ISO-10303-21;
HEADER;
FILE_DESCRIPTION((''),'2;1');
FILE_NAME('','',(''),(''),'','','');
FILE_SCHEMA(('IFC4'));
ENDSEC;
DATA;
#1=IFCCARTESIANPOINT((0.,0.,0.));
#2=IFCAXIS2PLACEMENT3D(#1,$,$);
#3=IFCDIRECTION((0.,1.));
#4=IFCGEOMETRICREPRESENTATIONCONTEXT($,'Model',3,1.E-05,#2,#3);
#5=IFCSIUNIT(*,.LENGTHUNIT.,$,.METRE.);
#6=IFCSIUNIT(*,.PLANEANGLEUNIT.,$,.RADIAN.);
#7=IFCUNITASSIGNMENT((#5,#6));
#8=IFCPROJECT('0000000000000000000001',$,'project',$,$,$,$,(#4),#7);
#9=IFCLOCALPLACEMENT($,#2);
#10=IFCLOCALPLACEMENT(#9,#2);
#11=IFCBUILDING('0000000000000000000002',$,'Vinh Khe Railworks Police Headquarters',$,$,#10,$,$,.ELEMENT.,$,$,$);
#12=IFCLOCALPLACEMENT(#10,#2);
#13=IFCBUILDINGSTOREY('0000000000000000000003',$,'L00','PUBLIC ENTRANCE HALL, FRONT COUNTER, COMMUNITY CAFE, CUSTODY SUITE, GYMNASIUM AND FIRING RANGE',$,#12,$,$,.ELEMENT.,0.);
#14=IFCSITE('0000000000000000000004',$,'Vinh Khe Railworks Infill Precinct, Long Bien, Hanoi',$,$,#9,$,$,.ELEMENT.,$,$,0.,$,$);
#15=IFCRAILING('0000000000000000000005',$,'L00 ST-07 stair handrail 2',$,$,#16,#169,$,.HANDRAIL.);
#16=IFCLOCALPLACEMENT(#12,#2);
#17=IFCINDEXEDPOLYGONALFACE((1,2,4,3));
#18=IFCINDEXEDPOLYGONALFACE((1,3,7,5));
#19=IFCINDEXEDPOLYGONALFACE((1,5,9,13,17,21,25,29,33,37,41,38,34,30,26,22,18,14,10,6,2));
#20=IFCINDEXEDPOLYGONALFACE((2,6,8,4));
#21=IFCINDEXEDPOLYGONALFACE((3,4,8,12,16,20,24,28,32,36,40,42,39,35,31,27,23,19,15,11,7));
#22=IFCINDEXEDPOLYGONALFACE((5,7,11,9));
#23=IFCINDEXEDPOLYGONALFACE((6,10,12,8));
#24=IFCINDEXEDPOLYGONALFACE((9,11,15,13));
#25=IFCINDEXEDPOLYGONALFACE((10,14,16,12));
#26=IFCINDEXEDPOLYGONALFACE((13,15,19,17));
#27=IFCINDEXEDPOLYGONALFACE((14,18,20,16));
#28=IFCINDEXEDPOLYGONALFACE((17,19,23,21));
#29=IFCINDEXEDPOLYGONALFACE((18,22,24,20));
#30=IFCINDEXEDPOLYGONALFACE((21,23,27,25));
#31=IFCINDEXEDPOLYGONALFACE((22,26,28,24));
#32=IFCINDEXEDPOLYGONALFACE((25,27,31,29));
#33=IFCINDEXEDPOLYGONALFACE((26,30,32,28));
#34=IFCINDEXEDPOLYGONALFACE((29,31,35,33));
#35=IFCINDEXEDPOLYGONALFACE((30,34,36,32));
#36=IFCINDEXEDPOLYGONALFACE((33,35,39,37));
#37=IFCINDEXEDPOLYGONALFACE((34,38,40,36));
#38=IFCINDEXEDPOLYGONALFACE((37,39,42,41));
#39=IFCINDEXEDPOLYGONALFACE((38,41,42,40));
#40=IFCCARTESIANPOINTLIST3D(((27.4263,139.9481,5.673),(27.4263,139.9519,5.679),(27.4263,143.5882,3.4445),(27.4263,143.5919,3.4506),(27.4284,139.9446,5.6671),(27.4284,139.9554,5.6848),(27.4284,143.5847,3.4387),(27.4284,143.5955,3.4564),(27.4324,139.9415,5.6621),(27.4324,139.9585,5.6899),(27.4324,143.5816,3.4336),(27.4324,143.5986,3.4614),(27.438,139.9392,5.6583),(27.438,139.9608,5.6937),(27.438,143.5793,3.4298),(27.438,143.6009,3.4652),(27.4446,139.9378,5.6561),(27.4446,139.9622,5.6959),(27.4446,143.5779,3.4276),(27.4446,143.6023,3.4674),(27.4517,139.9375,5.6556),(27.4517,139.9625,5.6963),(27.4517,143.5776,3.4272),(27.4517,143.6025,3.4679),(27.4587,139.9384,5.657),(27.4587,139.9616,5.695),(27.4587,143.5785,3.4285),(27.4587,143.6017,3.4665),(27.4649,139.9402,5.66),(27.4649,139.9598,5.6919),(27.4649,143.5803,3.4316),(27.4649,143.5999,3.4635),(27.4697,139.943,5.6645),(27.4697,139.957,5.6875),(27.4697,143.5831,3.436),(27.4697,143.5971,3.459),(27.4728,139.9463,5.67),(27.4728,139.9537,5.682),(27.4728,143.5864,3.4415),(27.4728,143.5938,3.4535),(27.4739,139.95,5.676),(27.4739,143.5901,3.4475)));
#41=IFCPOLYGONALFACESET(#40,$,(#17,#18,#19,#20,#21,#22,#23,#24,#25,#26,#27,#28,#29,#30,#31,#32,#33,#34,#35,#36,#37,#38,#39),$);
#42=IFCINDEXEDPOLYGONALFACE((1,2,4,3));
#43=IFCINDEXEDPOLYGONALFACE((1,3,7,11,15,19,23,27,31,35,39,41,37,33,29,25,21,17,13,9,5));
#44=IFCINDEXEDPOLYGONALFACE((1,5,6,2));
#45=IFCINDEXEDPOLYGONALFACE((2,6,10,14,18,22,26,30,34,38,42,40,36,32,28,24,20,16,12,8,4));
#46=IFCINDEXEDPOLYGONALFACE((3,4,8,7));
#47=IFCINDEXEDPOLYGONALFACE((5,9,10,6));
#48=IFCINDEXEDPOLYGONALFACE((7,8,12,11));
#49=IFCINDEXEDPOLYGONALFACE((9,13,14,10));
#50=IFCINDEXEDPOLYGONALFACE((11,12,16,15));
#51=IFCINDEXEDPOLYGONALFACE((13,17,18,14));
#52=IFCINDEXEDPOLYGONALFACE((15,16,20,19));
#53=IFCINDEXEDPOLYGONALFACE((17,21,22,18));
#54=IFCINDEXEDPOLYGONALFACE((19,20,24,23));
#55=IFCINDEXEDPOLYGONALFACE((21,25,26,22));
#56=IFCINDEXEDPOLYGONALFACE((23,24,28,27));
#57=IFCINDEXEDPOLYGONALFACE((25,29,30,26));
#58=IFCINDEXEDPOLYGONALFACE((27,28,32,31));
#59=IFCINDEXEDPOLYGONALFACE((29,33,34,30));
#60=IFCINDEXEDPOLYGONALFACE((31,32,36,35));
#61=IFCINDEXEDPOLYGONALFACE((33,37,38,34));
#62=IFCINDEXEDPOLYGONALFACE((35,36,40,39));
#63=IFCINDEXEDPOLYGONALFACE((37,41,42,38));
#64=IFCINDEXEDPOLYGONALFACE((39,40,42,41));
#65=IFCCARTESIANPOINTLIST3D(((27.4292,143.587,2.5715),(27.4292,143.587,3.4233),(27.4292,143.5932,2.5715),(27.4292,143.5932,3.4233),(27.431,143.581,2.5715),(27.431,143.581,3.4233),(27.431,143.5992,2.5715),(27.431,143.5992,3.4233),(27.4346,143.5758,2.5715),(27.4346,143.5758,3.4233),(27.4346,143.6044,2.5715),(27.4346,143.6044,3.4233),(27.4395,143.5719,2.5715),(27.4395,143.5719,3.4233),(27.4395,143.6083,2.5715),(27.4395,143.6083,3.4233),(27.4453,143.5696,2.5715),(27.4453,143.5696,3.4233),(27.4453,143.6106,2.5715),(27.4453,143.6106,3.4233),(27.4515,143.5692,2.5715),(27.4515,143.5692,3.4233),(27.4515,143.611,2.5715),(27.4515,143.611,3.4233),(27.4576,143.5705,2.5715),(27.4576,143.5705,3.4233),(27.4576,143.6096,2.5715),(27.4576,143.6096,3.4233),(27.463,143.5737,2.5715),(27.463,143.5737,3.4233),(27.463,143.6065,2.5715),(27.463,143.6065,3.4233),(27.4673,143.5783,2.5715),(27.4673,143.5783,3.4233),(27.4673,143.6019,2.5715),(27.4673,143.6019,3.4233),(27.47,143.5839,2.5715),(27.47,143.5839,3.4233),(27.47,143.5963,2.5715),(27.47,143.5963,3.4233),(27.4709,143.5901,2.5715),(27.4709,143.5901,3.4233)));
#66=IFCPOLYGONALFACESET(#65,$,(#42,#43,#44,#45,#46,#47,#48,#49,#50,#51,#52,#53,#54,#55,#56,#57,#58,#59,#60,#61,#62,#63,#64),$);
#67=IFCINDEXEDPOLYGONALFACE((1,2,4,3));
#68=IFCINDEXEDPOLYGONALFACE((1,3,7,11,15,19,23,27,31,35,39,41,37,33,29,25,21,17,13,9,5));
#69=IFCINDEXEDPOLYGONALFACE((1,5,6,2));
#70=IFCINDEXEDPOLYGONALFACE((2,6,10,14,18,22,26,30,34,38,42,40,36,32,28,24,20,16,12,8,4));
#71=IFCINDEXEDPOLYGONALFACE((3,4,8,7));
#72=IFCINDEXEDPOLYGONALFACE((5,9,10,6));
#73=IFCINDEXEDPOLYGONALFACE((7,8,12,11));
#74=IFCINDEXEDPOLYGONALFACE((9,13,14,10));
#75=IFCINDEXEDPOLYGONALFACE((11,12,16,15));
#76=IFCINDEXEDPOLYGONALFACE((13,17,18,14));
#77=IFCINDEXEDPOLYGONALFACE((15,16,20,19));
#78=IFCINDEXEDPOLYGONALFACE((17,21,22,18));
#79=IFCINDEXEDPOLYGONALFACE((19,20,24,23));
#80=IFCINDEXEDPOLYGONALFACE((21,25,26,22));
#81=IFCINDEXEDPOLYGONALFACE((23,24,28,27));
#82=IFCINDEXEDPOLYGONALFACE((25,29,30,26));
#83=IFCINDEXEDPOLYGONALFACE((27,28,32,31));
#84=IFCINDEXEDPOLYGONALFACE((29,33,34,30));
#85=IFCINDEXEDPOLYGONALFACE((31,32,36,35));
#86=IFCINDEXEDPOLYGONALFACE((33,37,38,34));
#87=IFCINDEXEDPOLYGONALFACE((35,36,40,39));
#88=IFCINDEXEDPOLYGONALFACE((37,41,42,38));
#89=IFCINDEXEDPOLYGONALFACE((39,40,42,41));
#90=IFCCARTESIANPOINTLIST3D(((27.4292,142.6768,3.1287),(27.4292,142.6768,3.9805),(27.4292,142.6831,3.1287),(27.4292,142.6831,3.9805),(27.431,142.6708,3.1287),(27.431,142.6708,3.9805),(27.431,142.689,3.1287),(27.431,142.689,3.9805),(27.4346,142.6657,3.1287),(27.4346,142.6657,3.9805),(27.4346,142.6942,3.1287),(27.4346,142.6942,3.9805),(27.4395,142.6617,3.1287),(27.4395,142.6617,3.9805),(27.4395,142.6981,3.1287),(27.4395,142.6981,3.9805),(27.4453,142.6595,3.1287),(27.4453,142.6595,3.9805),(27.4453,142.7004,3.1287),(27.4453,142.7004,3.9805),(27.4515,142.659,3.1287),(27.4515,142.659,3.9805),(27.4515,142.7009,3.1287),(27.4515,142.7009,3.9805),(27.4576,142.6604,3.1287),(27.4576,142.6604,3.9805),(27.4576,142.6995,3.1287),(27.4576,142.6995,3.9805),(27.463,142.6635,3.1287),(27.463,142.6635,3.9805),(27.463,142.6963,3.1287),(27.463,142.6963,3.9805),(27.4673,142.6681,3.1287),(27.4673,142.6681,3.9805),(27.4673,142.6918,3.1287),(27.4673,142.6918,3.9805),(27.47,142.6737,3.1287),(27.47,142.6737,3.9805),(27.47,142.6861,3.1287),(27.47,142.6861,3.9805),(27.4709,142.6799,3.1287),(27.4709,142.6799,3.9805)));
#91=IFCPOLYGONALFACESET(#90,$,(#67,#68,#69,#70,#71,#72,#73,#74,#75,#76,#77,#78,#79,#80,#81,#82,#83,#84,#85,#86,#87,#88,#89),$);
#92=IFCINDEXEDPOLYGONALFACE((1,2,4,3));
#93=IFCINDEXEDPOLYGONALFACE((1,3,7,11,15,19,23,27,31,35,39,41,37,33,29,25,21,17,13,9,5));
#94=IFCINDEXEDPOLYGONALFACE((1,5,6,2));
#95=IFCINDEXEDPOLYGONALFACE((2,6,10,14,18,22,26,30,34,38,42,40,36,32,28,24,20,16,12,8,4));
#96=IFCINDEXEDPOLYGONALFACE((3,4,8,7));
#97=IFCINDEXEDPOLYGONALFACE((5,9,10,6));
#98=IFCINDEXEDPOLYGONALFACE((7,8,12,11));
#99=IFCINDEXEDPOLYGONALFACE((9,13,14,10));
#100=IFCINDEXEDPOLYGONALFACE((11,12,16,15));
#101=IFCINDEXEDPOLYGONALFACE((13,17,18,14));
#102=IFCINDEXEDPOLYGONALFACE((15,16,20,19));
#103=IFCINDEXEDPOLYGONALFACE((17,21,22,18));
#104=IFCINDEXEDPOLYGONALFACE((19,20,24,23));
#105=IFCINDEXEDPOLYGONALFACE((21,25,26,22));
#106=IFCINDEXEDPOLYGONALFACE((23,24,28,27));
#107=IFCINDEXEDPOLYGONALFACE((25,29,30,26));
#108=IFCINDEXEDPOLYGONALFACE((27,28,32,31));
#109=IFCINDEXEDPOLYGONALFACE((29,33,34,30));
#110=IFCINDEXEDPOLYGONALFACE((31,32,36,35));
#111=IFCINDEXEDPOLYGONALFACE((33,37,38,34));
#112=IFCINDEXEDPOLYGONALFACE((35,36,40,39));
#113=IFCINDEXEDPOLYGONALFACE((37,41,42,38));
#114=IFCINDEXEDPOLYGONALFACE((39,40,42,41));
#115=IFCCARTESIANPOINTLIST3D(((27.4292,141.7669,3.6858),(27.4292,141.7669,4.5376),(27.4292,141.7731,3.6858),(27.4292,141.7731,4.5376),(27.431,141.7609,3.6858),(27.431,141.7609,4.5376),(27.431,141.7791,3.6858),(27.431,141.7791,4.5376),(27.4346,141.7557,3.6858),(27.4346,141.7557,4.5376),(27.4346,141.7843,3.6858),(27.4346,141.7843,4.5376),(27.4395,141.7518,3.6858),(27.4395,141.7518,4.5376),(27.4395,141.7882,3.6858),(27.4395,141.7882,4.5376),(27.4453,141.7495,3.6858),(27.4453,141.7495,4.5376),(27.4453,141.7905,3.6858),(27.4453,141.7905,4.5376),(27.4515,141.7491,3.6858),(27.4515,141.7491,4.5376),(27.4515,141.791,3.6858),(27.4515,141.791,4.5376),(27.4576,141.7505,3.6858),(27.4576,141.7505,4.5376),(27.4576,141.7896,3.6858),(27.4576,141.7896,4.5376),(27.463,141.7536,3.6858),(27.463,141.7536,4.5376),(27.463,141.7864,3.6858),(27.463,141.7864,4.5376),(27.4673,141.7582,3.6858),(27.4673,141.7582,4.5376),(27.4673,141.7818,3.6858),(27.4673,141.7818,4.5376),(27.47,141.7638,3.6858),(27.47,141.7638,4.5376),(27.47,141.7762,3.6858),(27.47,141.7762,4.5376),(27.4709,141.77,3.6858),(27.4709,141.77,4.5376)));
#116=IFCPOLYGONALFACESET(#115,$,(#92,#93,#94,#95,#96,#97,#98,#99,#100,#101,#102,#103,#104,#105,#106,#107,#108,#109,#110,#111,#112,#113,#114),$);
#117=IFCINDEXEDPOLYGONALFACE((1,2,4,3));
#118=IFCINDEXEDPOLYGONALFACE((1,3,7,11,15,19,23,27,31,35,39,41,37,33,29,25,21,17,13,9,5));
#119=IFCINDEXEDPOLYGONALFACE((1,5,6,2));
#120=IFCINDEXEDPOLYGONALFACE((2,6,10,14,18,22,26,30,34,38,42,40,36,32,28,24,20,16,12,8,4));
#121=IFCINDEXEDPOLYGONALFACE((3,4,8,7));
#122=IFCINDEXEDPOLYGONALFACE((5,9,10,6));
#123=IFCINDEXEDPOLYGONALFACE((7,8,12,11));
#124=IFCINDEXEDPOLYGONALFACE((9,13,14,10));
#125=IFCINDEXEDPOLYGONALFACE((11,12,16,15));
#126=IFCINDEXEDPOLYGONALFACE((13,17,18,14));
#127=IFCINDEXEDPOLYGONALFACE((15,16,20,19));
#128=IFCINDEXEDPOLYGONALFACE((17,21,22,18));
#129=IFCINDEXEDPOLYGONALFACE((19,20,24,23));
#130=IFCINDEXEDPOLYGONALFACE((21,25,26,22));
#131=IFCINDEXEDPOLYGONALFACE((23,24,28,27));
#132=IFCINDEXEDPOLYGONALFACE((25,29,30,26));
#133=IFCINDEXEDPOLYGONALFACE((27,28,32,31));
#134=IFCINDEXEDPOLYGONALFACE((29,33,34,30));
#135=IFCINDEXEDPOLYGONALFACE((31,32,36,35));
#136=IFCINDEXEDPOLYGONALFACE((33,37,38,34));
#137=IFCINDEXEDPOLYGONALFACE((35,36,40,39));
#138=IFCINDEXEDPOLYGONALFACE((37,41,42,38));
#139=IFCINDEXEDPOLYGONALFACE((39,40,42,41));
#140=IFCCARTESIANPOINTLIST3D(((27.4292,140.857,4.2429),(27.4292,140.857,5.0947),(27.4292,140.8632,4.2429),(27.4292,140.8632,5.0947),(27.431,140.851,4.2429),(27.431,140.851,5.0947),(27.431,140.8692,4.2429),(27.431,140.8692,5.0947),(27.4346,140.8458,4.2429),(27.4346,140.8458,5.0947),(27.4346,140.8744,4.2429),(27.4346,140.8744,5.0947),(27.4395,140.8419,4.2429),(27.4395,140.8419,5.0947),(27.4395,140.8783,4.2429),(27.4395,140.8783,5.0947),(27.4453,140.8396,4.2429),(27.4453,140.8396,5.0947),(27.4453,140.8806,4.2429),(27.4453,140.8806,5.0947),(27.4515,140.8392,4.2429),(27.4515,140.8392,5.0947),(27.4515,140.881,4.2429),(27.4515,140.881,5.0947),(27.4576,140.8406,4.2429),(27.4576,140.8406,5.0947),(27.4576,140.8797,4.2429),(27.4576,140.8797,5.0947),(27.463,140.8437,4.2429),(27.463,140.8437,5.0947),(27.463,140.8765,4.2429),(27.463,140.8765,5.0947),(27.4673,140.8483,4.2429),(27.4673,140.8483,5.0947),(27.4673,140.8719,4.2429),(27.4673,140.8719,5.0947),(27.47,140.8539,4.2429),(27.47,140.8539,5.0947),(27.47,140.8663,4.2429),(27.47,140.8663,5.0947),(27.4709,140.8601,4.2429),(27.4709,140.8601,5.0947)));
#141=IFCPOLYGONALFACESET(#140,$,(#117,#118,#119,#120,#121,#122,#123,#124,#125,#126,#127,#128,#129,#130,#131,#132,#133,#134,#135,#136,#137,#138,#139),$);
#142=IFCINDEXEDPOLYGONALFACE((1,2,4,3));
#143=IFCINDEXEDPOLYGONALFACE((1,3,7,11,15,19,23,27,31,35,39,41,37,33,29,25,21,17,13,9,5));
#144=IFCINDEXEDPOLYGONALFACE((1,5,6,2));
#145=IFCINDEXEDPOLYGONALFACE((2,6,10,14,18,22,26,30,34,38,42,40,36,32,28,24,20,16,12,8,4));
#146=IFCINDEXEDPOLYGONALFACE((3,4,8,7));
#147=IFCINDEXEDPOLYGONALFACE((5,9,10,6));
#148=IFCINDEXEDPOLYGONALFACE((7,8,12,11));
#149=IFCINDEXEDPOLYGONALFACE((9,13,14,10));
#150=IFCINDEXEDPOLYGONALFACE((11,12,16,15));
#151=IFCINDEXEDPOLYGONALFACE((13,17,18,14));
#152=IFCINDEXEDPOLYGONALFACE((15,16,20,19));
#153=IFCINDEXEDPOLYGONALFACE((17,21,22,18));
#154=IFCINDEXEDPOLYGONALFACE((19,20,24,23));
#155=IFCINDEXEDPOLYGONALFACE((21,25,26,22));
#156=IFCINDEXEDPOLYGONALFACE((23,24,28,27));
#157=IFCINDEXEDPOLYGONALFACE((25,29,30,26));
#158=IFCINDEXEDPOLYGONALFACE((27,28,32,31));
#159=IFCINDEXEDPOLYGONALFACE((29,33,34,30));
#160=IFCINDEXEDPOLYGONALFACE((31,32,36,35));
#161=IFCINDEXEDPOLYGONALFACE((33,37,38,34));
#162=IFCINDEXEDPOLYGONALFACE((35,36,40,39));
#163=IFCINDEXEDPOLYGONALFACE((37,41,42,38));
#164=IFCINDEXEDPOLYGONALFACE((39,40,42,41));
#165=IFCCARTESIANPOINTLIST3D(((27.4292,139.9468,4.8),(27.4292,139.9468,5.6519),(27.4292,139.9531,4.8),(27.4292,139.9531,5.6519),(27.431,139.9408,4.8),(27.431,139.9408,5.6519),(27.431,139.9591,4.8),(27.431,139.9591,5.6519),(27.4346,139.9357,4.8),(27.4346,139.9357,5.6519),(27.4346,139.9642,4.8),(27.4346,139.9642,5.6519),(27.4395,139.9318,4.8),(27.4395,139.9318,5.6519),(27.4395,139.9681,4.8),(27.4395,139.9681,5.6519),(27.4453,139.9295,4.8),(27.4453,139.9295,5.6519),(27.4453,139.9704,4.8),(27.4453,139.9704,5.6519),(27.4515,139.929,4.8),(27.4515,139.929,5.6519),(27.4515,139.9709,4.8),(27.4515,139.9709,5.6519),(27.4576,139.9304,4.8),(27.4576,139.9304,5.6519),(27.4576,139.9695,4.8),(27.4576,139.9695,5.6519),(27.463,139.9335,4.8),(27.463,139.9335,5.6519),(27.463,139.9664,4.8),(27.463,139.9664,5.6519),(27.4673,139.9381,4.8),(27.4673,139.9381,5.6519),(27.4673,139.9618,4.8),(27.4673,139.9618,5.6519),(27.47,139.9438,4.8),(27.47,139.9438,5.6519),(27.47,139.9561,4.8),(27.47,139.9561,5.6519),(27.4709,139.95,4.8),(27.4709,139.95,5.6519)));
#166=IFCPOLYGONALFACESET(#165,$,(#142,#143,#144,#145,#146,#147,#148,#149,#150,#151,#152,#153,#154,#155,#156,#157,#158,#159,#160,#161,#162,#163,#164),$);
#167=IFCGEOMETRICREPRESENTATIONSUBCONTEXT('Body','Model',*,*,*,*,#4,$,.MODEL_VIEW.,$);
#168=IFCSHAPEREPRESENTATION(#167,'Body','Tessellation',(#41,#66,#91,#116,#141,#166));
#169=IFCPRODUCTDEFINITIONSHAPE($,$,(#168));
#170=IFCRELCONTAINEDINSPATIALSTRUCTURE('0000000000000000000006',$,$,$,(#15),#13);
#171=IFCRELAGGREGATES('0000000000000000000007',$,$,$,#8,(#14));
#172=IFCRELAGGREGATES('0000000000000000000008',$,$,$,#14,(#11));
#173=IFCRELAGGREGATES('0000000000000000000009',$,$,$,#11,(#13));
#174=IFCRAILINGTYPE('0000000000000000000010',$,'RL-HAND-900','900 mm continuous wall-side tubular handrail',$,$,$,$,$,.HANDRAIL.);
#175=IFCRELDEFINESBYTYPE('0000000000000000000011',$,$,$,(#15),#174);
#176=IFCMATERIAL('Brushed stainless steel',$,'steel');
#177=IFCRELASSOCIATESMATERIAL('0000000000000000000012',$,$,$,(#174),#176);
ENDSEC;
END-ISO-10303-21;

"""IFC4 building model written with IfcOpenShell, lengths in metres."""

from ifc_helpers import new_model, si_unit, direction, frame, origin, origin_2d, place, context, subcontext, project, spatial, circle, extrude, material, type_object, element, save


model = new_model("IFC4")

# Units and contexts
model_context = context("Model", 3, precision=1e-05, world=origin(), true_north=direction((0.0, 1.0)))
body_context = subcontext(model_context, "Body", "Model", "MODEL_VIEW")
ifc_project = project(units=[si_unit("LENGTHUNIT", "METRE"), si_unit("PLANEANGLEUNIT", "RADIAN")], contexts=[model_context])

# Site, building, storey
site_placement = place(None, origin())
site = spatial("IfcSite", under=ifc_project, at=site_placement, Name="Vinh Khe Railworks Infill Precinct, Long Bien, Hanoi", CompositionType="ELEMENT", RefElevation=0.0)
building_placement = place(site_placement, origin())
building = spatial("IfcBuilding", under=site, at=building_placement, Name="Vinh Khe Railworks Police Headquarters", CompositionType="ELEMENT")
storey_placement = place(building_placement, origin())
storey = spatial("IfcBuildingStorey", under=building, at=storey_placement, Name="L00", Description="PUBLIC ENTRANCE HALL, FRONT COUNTER, COMMUNITY CAFE, CUSTODY SUITE, GYMNASIUM AND FIRING RANGE", CompositionType="ELEMENT", Elevation=0.0)

# Railing
ifc_material_1 = material(Name="Brushed stainless steel", Category="steel")
railing_type_1 = type_object("IfcRailingType", Name="RL-HAND-900", Description="900 mm continuous wall-side tubular handrail", PredefinedType="HANDRAIL", material=ifc_material_1)
railing_1_placement = place(storey_placement, frame((27.45, 143.5901, 2.5715)))
element("IfcRailing", 1, at=railing_1_placement, inside=storey, type_object=railing_type_1, Name="L00 ST-07 stair handrail 2", PredefinedType="HANDRAIL", context=body_context, shape_type="SweptSolid", body=[
    extrude(circle(Radius=0.0239, at=origin_2d()), frame((0.0, 0.0, 0.876), z_axis=(0.0, -0.852866, 0.52213), x_axis=(1.0, 0.0, 0.0)), (0.0, 0.0, 1.0), 4.2681),
    extrude(circle(Radius=0.021, at=origin_2d()), origin(), (0.0, 0.0, 1.0), 0.8518),
    extrude(circle(Radius=0.021, at=origin_2d()), frame((0.0, -0.9102, 0.5571)), (0.0, 0.0, 1.0), 0.8518),
    extrude(circle(Radius=0.021, at=origin_2d()), frame((0.0, -1.8201, 1.1143)), (0.0, 0.0, 1.0), 0.8518),
    extrude(circle(Radius=0.021, at=origin_2d()), frame((0.0, -2.73, 1.6714)), (0.0, 0.0, 1.0), 0.8518),
    extrude(circle(Radius=0.021, at=origin_2d()), frame((0.0, -3.6401, 2.2285)), (0.0, 0.0, 1.0), 0.8518),
])

save(model, "model.ifc")
